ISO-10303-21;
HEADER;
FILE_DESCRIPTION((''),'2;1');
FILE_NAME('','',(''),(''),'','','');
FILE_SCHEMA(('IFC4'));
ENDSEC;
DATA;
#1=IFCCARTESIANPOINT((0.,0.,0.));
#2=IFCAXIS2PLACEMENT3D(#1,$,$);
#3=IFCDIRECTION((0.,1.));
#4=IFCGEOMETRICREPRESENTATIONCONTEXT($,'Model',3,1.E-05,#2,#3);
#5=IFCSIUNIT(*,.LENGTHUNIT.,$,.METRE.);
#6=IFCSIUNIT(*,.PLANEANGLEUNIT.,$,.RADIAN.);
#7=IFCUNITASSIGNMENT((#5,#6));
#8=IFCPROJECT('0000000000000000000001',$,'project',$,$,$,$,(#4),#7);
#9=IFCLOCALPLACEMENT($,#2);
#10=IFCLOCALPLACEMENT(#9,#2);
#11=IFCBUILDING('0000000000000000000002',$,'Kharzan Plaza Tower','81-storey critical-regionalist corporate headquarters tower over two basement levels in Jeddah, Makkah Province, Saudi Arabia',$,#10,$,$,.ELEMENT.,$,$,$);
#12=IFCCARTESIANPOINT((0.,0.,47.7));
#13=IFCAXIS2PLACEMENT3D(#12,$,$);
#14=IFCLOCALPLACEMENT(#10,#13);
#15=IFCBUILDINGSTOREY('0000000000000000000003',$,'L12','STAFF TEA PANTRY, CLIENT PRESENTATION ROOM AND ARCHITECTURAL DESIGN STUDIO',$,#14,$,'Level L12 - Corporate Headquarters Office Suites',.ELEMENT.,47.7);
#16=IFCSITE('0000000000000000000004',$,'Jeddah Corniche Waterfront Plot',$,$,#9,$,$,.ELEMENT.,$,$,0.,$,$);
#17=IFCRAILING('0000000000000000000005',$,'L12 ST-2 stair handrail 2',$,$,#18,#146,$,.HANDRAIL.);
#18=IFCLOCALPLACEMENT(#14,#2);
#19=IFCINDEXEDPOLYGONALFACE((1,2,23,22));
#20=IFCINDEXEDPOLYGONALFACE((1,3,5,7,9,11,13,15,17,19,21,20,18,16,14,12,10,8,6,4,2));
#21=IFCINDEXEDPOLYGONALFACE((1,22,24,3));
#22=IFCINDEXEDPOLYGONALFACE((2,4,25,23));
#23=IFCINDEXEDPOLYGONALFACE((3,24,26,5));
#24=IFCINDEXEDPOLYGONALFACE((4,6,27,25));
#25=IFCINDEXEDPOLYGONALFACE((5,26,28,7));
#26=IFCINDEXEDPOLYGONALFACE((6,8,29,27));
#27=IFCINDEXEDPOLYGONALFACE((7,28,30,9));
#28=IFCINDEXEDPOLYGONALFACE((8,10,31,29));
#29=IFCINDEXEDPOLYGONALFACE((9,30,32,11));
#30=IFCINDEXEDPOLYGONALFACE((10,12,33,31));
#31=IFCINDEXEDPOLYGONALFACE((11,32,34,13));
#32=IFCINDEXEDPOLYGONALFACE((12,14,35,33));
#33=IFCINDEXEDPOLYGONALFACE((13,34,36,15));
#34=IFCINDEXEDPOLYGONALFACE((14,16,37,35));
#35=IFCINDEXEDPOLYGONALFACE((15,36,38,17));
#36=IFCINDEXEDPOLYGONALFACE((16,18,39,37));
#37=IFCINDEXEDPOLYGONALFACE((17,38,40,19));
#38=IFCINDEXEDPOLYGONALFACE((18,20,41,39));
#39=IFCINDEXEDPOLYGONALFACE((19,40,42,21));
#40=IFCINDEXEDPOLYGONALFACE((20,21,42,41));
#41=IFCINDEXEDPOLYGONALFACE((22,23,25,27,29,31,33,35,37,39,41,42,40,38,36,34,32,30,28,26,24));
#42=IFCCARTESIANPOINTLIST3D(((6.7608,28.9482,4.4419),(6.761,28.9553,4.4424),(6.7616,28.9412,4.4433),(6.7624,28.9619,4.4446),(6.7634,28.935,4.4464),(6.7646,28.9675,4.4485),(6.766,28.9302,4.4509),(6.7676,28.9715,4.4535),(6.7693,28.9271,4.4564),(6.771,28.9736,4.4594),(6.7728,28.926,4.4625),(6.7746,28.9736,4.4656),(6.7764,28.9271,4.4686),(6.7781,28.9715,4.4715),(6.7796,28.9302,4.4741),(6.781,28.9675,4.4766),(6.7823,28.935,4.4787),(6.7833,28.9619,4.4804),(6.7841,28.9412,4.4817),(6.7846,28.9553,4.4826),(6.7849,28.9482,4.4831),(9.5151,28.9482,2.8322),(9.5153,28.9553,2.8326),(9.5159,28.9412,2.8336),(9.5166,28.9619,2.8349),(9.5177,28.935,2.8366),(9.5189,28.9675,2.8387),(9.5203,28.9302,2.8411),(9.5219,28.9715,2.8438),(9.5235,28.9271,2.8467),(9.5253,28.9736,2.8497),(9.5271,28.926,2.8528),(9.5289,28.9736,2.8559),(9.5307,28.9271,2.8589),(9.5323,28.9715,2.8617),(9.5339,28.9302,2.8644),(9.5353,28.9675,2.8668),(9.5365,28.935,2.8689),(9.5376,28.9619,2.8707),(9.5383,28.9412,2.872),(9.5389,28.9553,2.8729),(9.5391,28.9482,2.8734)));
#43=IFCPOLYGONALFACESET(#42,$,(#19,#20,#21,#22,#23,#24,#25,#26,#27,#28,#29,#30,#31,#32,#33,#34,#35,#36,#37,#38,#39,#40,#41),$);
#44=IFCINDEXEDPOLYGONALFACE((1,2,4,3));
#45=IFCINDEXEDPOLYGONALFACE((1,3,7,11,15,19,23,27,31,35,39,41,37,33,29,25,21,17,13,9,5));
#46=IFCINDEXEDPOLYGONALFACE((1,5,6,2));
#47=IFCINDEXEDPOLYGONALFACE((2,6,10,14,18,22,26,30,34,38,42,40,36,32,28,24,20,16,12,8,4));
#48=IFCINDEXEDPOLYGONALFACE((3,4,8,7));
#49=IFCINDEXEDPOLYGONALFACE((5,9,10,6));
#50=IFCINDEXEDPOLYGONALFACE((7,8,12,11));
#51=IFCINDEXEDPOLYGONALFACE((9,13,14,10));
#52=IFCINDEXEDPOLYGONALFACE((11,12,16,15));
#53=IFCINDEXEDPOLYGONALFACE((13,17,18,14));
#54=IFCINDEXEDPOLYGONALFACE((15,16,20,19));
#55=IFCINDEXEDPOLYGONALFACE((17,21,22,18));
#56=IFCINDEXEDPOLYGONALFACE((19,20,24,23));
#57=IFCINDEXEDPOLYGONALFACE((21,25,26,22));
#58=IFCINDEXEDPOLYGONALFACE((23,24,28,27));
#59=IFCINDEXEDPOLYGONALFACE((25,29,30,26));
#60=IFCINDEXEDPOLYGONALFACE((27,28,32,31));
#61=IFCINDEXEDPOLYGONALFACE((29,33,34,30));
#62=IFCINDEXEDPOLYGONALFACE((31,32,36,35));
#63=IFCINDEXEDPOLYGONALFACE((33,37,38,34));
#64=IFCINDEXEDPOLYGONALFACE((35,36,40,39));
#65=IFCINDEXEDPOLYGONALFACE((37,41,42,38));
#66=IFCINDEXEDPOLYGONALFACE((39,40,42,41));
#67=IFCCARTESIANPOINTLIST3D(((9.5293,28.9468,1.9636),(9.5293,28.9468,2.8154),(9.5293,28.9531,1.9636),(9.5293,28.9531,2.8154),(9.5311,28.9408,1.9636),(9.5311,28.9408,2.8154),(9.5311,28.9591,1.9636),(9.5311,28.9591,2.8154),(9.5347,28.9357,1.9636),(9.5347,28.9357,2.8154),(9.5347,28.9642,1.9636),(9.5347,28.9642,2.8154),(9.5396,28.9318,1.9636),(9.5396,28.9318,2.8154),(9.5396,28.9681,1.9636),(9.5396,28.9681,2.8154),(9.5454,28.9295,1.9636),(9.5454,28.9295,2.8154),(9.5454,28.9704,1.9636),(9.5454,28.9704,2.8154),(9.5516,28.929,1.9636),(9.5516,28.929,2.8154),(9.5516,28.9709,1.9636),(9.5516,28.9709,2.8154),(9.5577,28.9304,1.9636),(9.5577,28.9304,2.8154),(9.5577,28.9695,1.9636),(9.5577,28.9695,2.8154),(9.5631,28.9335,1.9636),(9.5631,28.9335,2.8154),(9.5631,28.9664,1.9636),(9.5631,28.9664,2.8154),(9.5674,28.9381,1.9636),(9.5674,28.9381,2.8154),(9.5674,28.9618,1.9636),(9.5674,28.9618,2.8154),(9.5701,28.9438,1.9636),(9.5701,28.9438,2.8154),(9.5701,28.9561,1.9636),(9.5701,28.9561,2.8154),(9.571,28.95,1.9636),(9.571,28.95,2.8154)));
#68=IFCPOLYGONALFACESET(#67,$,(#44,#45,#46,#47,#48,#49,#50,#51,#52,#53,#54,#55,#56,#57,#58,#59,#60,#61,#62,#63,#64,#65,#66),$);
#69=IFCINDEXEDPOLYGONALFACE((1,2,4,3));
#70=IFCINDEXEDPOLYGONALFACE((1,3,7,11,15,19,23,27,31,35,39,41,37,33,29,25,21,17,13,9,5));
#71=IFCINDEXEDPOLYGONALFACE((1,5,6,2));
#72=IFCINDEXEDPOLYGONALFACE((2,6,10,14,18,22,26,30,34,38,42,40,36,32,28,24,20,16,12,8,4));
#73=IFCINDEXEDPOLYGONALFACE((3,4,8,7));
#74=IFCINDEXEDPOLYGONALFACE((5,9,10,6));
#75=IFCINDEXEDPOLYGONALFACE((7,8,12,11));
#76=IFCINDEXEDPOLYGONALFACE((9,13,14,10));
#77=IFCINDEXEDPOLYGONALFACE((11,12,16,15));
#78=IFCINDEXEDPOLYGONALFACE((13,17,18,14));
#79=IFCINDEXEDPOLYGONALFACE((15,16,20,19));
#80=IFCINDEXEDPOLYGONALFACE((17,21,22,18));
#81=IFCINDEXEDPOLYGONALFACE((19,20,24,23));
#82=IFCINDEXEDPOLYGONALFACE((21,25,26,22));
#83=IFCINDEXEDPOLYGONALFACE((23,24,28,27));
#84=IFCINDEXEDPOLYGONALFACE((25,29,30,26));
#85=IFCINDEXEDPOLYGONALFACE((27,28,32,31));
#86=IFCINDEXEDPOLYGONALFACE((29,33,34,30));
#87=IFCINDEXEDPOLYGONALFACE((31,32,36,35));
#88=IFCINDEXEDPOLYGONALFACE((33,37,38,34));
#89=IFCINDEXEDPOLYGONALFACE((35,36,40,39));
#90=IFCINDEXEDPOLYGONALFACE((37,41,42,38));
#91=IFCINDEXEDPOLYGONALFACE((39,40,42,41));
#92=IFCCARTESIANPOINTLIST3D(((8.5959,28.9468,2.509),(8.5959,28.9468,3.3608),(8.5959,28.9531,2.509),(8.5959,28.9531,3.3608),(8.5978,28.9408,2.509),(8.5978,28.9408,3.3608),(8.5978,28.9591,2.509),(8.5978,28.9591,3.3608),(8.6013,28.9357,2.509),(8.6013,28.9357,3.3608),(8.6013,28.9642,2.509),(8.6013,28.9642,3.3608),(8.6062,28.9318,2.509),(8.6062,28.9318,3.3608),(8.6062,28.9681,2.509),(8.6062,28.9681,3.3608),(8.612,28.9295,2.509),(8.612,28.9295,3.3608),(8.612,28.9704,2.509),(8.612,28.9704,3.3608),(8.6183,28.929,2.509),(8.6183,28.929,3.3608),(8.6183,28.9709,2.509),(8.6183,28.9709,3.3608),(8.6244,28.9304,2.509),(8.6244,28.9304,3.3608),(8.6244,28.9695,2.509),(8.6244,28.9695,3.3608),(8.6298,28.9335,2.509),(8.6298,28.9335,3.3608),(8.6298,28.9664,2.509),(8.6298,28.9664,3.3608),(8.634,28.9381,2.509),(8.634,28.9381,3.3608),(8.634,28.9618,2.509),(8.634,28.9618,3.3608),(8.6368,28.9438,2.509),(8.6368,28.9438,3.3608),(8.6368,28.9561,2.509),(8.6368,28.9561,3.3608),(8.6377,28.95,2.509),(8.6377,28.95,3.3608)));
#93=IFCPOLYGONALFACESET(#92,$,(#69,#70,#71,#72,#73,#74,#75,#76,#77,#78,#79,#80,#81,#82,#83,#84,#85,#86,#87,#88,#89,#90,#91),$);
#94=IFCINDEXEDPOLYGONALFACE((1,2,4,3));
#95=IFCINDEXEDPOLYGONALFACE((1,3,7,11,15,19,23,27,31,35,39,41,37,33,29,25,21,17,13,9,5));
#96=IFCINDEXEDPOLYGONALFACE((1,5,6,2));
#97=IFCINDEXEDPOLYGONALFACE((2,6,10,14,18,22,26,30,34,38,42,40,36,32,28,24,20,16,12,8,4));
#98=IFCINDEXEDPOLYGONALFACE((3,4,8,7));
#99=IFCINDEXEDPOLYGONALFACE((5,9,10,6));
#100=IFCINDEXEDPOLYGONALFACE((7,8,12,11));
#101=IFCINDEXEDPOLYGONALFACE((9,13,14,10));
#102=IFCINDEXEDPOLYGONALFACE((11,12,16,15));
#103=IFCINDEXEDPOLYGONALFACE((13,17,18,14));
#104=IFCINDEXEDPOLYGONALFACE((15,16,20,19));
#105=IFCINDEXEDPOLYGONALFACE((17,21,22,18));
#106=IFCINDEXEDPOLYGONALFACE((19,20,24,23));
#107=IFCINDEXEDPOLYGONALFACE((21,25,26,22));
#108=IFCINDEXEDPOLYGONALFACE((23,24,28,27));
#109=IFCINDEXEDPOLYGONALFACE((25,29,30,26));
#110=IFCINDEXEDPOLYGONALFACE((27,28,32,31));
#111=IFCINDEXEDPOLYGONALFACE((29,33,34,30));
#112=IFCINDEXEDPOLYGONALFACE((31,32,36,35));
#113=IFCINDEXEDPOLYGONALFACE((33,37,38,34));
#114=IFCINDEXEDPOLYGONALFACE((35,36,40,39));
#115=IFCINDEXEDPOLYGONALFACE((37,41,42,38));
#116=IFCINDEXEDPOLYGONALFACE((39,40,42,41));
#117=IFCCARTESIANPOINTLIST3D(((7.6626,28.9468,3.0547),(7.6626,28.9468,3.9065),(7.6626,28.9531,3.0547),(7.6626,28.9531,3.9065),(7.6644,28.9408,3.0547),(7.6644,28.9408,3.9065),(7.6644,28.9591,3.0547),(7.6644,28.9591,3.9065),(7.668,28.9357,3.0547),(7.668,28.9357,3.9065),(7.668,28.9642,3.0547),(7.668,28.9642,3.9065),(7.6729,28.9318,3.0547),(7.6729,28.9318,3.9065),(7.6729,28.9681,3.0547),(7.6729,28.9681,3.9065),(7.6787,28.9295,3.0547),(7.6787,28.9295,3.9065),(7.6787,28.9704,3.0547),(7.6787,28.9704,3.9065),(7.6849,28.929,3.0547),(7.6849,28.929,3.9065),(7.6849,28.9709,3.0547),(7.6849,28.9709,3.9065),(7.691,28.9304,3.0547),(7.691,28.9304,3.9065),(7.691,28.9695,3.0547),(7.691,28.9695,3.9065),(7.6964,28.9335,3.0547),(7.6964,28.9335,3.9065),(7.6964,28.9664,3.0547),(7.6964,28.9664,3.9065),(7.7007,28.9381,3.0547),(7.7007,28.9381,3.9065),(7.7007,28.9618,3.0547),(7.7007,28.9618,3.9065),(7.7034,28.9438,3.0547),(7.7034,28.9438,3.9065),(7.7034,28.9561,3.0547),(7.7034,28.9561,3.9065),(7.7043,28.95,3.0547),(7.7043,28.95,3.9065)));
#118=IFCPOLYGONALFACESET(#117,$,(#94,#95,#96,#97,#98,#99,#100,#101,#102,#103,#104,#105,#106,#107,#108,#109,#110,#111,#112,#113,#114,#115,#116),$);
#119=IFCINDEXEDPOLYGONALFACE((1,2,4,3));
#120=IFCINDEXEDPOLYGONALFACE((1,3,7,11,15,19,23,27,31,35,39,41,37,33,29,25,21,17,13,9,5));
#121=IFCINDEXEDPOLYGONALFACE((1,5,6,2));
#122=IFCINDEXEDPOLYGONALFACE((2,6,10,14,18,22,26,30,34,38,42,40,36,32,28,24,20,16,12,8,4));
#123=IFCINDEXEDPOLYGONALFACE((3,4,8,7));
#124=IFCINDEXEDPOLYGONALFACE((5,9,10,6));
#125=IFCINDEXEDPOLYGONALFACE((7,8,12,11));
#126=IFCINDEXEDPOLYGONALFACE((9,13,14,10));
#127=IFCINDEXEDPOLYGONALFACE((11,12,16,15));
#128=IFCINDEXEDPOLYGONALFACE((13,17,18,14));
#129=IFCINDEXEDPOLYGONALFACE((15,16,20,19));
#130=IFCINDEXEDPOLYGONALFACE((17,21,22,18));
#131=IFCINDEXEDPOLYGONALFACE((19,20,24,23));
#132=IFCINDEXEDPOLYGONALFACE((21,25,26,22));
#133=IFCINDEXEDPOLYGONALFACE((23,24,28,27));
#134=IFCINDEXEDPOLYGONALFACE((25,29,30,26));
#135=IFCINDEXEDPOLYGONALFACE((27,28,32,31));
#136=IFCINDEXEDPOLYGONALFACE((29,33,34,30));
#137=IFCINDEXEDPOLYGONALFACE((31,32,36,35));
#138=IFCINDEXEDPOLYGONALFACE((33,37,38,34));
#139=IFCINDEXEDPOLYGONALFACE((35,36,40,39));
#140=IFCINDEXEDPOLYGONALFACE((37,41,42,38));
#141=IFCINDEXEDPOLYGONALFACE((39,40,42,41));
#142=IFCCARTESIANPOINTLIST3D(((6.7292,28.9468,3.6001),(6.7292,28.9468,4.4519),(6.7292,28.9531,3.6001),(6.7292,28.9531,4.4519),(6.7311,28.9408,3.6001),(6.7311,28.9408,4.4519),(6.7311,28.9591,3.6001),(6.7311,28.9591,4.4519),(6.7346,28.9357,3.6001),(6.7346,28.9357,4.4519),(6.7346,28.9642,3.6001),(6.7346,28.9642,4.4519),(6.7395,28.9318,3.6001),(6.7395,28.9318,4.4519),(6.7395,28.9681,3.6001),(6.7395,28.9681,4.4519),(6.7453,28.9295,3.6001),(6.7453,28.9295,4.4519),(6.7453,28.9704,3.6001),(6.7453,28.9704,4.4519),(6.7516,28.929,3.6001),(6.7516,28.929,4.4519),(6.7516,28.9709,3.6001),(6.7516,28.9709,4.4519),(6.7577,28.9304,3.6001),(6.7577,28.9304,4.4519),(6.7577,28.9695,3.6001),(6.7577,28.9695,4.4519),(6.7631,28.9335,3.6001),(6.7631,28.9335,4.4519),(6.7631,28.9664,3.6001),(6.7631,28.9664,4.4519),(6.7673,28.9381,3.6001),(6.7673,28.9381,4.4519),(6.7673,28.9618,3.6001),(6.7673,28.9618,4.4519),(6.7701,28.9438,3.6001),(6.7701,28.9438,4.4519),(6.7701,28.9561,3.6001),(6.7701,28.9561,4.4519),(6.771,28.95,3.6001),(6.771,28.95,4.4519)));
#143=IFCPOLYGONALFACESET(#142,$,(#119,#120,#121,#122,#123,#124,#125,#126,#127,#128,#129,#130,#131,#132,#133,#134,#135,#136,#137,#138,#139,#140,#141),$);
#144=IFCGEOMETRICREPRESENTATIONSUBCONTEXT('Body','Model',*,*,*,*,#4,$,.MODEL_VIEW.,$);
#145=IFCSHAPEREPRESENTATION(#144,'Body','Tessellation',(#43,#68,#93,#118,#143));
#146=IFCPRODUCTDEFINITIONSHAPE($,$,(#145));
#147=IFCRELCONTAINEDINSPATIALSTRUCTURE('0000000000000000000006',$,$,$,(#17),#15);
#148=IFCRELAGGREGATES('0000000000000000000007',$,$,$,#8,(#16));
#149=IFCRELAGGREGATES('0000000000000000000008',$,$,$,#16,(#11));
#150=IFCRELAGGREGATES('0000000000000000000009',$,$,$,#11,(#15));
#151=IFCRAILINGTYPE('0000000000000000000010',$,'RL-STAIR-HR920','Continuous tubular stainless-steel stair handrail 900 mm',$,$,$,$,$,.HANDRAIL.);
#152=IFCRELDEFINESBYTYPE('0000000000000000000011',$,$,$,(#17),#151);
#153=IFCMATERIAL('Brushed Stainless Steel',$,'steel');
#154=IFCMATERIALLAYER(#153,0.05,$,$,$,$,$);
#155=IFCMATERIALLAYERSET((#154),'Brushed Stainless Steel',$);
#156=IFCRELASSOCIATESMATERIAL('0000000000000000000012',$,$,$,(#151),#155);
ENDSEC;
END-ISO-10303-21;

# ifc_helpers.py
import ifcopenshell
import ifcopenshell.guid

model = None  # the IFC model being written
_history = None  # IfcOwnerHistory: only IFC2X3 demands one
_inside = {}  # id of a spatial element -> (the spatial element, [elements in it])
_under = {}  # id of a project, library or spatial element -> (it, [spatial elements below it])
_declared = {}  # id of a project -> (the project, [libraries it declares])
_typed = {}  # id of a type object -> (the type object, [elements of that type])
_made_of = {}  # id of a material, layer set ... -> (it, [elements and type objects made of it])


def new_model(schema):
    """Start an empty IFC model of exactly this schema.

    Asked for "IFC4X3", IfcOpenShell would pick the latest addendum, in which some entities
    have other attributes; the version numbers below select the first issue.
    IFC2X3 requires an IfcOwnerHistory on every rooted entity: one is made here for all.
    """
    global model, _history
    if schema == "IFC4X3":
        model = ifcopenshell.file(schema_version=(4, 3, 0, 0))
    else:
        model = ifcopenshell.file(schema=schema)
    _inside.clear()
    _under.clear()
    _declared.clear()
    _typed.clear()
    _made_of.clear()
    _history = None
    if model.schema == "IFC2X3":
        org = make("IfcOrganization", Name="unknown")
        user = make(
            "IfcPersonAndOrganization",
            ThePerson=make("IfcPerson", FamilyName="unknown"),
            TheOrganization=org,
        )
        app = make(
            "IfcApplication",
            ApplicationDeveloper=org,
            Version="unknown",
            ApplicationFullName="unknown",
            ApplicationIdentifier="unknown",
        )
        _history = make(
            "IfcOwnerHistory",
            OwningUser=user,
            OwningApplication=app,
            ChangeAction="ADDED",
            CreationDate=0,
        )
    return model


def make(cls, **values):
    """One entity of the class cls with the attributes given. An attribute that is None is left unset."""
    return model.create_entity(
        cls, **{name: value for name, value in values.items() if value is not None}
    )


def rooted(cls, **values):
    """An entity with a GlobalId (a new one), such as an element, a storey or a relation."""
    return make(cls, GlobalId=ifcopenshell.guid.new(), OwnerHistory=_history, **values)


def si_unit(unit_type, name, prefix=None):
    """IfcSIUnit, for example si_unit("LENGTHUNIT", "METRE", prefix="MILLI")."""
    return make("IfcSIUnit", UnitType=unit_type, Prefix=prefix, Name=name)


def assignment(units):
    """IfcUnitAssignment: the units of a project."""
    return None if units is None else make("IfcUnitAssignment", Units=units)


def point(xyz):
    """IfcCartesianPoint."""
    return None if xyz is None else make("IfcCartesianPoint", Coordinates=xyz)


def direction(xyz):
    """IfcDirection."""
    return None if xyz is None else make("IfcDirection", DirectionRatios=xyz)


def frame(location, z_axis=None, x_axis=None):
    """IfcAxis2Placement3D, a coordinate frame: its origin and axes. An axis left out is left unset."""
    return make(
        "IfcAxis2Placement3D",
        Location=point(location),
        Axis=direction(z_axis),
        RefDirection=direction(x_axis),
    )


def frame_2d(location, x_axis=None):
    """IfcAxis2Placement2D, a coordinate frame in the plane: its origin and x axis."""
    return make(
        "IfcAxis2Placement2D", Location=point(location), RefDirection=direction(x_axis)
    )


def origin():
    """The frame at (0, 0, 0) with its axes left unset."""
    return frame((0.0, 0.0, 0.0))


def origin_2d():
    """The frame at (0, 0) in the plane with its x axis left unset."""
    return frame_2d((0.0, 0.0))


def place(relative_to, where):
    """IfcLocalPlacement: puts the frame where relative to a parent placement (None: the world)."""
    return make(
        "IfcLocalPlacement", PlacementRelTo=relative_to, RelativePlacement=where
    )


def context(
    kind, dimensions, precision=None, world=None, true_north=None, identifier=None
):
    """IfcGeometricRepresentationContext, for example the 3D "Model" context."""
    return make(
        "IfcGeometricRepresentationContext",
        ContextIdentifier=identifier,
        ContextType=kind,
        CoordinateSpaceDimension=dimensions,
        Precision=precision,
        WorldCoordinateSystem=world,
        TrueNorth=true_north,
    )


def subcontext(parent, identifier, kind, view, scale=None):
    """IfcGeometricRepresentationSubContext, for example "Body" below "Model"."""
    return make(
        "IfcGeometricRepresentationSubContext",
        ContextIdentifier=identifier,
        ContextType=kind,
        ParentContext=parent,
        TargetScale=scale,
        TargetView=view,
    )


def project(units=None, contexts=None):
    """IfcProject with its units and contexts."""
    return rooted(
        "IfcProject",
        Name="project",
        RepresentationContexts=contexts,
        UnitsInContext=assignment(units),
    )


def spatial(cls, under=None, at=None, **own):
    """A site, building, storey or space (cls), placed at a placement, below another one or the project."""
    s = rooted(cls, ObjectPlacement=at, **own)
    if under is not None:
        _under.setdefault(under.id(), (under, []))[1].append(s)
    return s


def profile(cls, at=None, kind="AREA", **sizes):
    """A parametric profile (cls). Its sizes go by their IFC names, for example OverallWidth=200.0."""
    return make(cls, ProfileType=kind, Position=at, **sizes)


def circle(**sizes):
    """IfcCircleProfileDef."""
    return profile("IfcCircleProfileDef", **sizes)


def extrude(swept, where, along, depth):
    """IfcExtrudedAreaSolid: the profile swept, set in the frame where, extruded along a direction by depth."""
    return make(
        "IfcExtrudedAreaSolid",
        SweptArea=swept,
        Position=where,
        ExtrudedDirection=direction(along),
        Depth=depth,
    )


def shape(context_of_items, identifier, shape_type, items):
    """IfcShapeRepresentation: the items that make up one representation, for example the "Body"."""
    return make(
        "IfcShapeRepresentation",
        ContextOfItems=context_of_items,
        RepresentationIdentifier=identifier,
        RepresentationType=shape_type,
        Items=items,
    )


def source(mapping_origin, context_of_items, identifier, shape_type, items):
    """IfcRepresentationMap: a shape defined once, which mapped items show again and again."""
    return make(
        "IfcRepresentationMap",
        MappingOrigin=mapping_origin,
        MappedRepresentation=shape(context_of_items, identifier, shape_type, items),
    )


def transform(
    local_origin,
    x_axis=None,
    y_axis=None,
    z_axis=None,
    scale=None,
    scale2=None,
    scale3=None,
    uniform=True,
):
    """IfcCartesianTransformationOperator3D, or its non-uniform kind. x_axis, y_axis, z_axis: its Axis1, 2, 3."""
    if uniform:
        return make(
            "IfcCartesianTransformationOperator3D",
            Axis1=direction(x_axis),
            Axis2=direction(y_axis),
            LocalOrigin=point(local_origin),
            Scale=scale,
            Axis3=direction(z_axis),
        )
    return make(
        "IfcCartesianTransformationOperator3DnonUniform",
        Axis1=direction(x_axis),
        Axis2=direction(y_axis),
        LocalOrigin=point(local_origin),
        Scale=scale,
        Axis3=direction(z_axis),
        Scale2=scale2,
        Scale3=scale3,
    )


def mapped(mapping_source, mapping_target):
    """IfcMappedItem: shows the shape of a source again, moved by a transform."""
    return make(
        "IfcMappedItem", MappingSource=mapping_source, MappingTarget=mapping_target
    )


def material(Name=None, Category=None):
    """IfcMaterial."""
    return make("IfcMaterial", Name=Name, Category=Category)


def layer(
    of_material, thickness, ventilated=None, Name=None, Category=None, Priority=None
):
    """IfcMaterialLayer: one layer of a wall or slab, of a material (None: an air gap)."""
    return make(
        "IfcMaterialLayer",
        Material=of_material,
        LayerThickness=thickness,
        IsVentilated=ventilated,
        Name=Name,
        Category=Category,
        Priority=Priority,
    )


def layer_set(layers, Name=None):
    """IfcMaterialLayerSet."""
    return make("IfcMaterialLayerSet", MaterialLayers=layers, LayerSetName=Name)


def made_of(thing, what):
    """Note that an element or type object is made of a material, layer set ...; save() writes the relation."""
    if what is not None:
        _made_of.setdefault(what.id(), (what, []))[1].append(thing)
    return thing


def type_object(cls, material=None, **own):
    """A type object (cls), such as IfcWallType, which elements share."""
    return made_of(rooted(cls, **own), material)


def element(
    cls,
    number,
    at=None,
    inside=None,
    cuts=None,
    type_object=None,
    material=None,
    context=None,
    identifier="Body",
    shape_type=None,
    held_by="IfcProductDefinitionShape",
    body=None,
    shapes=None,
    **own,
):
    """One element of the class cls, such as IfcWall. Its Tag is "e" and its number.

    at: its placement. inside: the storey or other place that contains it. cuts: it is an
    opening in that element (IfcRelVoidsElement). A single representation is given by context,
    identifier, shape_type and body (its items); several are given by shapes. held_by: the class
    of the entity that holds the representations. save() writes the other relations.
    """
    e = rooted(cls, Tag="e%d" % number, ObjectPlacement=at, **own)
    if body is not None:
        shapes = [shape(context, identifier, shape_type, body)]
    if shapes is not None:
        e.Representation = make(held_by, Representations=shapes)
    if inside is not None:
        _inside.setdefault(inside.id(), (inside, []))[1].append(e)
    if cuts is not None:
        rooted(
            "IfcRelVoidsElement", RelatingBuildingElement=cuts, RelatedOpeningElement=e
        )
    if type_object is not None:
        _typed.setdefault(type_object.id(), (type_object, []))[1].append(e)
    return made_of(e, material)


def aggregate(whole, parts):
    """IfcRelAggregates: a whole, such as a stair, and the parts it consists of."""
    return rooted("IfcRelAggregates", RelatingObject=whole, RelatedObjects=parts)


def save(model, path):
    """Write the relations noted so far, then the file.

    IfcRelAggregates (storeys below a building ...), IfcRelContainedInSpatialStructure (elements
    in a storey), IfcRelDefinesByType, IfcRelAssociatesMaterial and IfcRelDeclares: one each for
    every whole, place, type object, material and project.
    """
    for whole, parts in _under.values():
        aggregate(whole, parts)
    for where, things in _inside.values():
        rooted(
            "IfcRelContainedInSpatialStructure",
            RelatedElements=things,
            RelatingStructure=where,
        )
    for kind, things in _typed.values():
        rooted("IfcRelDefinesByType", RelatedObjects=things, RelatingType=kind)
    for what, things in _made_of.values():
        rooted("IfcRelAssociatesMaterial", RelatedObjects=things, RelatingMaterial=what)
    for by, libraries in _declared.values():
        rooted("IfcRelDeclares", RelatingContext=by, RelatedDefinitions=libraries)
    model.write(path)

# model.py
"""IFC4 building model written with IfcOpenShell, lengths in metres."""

from ifc_helpers import new_model, si_unit, direction, frame, origin, origin_2d, place, context, subcontext, project, spatial, circle, extrude, source, transform, mapped, material, layer, layer_set, type_object, element, save


model = new_model("IFC4")

# Units and contexts
model_context = context("Model", 3, precision=1e-05, world=origin(), true_north=direction((0.0, 1.0)))
body_context = subcontext(model_context, "Body", "Model", "MODEL_VIEW")
ifc_project = project(units=[si_unit("LENGTHUNIT", "METRE"), si_unit("PLANEANGLEUNIT", "RADIAN")], contexts=[model_context])

# Site, building, storey
site_placement = place(None, origin())
site = spatial("IfcSite", under=ifc_project, at=site_placement, Name="Jeddah Corniche Waterfront Plot", CompositionType="ELEMENT", RefElevation=0.0)
building_placement = place(site_placement, origin())
building = spatial("IfcBuilding", under=site, at=building_placement, Name="Kharzan Plaza Tower", Description="81-storey critical-regionalist corporate headquarters tower over two basement levels in Jeddah, Makkah Province, Saudi Arabia", CompositionType="ELEMENT")
storey_placement = place(building_placement, frame((0.0, 0.0, 47.7)))
storey = spatial("IfcBuildingStorey", under=building, at=storey_placement, Name="L12", Description="STAFF TEA PANTRY, CLIENT PRESENTATION ROOM AND ARCHITECTURAL DESIGN STUDIO", LongName="Level L12 - Corporate Headquarters Office Suites", CompositionType="ELEMENT", Elevation=47.7)

# Railing
ifc_material_1 = material(Name="Brushed Stainless Steel", Category="steel")
ifc_layer_1 = layer(ifc_material_1, 0.05)
ifc_layer_set_1 = layer_set([ifc_layer_1], Name="Brushed Stainless Steel")
railing_type_1 = type_object("IfcRailingType", Name="RL-STAIR-HR920", Description="Continuous tubular stainless-steel stair handrail 900 mm", PredefinedType="HANDRAIL", material=ifc_layer_set_1)
shared_shape_1 = source(origin(), body_context, "Body", "SweptSolid", [
    extrude(circle(Radius=0.0239, at=origin_2d()), frame((-0.0229, 0.0, 0.8892), z_axis=(-0.863361, 0.0, 0.504587), x_axis=(0.0, -1.0, 0.0)), (0.0, 0.0, 1.0), 3.1902),
    extrude(circle(Radius=0.021, at=origin_2d()), origin(), (0.0, 0.0, 1.0), 0.8518),
    extrude(circle(Radius=0.021, at=origin_2d()), frame((-0.9333, 0.0, 0.5454)), (0.0, 0.0, 1.0), 0.8518),
    extrude(circle(Radius=0.021, at=origin_2d()), frame((-1.8667, 0.0, 1.0911)), (0.0, 0.0, 1.0), 0.8518),
    extrude(circle(Radius=0.021, at=origin_2d()), frame((-2.8, 0.0, 1.6365)), (0.0, 0.0, 1.0), 0.8518),
])
railing_1_placement = place(storey_placement, frame((9.55, 28.95, 1.9636)))
element("IfcRailing", 1, at=railing_1_placement, inside=storey, type_object=railing_type_1, Name="L12 ST-2 stair handrail 2", PredefinedType="HANDRAIL", context=body_context, shape_type="MappedRepresentation", body=[
    mapped(shared_shape_1, transform((0.0, 0.0, 0.0), x_axis=(1.0, 0.0, 0.0), y_axis=(0.0, 1.0, 0.0), z_axis=(0.0, 0.0, 1.0))),
])

save(model, "model.ifc")
